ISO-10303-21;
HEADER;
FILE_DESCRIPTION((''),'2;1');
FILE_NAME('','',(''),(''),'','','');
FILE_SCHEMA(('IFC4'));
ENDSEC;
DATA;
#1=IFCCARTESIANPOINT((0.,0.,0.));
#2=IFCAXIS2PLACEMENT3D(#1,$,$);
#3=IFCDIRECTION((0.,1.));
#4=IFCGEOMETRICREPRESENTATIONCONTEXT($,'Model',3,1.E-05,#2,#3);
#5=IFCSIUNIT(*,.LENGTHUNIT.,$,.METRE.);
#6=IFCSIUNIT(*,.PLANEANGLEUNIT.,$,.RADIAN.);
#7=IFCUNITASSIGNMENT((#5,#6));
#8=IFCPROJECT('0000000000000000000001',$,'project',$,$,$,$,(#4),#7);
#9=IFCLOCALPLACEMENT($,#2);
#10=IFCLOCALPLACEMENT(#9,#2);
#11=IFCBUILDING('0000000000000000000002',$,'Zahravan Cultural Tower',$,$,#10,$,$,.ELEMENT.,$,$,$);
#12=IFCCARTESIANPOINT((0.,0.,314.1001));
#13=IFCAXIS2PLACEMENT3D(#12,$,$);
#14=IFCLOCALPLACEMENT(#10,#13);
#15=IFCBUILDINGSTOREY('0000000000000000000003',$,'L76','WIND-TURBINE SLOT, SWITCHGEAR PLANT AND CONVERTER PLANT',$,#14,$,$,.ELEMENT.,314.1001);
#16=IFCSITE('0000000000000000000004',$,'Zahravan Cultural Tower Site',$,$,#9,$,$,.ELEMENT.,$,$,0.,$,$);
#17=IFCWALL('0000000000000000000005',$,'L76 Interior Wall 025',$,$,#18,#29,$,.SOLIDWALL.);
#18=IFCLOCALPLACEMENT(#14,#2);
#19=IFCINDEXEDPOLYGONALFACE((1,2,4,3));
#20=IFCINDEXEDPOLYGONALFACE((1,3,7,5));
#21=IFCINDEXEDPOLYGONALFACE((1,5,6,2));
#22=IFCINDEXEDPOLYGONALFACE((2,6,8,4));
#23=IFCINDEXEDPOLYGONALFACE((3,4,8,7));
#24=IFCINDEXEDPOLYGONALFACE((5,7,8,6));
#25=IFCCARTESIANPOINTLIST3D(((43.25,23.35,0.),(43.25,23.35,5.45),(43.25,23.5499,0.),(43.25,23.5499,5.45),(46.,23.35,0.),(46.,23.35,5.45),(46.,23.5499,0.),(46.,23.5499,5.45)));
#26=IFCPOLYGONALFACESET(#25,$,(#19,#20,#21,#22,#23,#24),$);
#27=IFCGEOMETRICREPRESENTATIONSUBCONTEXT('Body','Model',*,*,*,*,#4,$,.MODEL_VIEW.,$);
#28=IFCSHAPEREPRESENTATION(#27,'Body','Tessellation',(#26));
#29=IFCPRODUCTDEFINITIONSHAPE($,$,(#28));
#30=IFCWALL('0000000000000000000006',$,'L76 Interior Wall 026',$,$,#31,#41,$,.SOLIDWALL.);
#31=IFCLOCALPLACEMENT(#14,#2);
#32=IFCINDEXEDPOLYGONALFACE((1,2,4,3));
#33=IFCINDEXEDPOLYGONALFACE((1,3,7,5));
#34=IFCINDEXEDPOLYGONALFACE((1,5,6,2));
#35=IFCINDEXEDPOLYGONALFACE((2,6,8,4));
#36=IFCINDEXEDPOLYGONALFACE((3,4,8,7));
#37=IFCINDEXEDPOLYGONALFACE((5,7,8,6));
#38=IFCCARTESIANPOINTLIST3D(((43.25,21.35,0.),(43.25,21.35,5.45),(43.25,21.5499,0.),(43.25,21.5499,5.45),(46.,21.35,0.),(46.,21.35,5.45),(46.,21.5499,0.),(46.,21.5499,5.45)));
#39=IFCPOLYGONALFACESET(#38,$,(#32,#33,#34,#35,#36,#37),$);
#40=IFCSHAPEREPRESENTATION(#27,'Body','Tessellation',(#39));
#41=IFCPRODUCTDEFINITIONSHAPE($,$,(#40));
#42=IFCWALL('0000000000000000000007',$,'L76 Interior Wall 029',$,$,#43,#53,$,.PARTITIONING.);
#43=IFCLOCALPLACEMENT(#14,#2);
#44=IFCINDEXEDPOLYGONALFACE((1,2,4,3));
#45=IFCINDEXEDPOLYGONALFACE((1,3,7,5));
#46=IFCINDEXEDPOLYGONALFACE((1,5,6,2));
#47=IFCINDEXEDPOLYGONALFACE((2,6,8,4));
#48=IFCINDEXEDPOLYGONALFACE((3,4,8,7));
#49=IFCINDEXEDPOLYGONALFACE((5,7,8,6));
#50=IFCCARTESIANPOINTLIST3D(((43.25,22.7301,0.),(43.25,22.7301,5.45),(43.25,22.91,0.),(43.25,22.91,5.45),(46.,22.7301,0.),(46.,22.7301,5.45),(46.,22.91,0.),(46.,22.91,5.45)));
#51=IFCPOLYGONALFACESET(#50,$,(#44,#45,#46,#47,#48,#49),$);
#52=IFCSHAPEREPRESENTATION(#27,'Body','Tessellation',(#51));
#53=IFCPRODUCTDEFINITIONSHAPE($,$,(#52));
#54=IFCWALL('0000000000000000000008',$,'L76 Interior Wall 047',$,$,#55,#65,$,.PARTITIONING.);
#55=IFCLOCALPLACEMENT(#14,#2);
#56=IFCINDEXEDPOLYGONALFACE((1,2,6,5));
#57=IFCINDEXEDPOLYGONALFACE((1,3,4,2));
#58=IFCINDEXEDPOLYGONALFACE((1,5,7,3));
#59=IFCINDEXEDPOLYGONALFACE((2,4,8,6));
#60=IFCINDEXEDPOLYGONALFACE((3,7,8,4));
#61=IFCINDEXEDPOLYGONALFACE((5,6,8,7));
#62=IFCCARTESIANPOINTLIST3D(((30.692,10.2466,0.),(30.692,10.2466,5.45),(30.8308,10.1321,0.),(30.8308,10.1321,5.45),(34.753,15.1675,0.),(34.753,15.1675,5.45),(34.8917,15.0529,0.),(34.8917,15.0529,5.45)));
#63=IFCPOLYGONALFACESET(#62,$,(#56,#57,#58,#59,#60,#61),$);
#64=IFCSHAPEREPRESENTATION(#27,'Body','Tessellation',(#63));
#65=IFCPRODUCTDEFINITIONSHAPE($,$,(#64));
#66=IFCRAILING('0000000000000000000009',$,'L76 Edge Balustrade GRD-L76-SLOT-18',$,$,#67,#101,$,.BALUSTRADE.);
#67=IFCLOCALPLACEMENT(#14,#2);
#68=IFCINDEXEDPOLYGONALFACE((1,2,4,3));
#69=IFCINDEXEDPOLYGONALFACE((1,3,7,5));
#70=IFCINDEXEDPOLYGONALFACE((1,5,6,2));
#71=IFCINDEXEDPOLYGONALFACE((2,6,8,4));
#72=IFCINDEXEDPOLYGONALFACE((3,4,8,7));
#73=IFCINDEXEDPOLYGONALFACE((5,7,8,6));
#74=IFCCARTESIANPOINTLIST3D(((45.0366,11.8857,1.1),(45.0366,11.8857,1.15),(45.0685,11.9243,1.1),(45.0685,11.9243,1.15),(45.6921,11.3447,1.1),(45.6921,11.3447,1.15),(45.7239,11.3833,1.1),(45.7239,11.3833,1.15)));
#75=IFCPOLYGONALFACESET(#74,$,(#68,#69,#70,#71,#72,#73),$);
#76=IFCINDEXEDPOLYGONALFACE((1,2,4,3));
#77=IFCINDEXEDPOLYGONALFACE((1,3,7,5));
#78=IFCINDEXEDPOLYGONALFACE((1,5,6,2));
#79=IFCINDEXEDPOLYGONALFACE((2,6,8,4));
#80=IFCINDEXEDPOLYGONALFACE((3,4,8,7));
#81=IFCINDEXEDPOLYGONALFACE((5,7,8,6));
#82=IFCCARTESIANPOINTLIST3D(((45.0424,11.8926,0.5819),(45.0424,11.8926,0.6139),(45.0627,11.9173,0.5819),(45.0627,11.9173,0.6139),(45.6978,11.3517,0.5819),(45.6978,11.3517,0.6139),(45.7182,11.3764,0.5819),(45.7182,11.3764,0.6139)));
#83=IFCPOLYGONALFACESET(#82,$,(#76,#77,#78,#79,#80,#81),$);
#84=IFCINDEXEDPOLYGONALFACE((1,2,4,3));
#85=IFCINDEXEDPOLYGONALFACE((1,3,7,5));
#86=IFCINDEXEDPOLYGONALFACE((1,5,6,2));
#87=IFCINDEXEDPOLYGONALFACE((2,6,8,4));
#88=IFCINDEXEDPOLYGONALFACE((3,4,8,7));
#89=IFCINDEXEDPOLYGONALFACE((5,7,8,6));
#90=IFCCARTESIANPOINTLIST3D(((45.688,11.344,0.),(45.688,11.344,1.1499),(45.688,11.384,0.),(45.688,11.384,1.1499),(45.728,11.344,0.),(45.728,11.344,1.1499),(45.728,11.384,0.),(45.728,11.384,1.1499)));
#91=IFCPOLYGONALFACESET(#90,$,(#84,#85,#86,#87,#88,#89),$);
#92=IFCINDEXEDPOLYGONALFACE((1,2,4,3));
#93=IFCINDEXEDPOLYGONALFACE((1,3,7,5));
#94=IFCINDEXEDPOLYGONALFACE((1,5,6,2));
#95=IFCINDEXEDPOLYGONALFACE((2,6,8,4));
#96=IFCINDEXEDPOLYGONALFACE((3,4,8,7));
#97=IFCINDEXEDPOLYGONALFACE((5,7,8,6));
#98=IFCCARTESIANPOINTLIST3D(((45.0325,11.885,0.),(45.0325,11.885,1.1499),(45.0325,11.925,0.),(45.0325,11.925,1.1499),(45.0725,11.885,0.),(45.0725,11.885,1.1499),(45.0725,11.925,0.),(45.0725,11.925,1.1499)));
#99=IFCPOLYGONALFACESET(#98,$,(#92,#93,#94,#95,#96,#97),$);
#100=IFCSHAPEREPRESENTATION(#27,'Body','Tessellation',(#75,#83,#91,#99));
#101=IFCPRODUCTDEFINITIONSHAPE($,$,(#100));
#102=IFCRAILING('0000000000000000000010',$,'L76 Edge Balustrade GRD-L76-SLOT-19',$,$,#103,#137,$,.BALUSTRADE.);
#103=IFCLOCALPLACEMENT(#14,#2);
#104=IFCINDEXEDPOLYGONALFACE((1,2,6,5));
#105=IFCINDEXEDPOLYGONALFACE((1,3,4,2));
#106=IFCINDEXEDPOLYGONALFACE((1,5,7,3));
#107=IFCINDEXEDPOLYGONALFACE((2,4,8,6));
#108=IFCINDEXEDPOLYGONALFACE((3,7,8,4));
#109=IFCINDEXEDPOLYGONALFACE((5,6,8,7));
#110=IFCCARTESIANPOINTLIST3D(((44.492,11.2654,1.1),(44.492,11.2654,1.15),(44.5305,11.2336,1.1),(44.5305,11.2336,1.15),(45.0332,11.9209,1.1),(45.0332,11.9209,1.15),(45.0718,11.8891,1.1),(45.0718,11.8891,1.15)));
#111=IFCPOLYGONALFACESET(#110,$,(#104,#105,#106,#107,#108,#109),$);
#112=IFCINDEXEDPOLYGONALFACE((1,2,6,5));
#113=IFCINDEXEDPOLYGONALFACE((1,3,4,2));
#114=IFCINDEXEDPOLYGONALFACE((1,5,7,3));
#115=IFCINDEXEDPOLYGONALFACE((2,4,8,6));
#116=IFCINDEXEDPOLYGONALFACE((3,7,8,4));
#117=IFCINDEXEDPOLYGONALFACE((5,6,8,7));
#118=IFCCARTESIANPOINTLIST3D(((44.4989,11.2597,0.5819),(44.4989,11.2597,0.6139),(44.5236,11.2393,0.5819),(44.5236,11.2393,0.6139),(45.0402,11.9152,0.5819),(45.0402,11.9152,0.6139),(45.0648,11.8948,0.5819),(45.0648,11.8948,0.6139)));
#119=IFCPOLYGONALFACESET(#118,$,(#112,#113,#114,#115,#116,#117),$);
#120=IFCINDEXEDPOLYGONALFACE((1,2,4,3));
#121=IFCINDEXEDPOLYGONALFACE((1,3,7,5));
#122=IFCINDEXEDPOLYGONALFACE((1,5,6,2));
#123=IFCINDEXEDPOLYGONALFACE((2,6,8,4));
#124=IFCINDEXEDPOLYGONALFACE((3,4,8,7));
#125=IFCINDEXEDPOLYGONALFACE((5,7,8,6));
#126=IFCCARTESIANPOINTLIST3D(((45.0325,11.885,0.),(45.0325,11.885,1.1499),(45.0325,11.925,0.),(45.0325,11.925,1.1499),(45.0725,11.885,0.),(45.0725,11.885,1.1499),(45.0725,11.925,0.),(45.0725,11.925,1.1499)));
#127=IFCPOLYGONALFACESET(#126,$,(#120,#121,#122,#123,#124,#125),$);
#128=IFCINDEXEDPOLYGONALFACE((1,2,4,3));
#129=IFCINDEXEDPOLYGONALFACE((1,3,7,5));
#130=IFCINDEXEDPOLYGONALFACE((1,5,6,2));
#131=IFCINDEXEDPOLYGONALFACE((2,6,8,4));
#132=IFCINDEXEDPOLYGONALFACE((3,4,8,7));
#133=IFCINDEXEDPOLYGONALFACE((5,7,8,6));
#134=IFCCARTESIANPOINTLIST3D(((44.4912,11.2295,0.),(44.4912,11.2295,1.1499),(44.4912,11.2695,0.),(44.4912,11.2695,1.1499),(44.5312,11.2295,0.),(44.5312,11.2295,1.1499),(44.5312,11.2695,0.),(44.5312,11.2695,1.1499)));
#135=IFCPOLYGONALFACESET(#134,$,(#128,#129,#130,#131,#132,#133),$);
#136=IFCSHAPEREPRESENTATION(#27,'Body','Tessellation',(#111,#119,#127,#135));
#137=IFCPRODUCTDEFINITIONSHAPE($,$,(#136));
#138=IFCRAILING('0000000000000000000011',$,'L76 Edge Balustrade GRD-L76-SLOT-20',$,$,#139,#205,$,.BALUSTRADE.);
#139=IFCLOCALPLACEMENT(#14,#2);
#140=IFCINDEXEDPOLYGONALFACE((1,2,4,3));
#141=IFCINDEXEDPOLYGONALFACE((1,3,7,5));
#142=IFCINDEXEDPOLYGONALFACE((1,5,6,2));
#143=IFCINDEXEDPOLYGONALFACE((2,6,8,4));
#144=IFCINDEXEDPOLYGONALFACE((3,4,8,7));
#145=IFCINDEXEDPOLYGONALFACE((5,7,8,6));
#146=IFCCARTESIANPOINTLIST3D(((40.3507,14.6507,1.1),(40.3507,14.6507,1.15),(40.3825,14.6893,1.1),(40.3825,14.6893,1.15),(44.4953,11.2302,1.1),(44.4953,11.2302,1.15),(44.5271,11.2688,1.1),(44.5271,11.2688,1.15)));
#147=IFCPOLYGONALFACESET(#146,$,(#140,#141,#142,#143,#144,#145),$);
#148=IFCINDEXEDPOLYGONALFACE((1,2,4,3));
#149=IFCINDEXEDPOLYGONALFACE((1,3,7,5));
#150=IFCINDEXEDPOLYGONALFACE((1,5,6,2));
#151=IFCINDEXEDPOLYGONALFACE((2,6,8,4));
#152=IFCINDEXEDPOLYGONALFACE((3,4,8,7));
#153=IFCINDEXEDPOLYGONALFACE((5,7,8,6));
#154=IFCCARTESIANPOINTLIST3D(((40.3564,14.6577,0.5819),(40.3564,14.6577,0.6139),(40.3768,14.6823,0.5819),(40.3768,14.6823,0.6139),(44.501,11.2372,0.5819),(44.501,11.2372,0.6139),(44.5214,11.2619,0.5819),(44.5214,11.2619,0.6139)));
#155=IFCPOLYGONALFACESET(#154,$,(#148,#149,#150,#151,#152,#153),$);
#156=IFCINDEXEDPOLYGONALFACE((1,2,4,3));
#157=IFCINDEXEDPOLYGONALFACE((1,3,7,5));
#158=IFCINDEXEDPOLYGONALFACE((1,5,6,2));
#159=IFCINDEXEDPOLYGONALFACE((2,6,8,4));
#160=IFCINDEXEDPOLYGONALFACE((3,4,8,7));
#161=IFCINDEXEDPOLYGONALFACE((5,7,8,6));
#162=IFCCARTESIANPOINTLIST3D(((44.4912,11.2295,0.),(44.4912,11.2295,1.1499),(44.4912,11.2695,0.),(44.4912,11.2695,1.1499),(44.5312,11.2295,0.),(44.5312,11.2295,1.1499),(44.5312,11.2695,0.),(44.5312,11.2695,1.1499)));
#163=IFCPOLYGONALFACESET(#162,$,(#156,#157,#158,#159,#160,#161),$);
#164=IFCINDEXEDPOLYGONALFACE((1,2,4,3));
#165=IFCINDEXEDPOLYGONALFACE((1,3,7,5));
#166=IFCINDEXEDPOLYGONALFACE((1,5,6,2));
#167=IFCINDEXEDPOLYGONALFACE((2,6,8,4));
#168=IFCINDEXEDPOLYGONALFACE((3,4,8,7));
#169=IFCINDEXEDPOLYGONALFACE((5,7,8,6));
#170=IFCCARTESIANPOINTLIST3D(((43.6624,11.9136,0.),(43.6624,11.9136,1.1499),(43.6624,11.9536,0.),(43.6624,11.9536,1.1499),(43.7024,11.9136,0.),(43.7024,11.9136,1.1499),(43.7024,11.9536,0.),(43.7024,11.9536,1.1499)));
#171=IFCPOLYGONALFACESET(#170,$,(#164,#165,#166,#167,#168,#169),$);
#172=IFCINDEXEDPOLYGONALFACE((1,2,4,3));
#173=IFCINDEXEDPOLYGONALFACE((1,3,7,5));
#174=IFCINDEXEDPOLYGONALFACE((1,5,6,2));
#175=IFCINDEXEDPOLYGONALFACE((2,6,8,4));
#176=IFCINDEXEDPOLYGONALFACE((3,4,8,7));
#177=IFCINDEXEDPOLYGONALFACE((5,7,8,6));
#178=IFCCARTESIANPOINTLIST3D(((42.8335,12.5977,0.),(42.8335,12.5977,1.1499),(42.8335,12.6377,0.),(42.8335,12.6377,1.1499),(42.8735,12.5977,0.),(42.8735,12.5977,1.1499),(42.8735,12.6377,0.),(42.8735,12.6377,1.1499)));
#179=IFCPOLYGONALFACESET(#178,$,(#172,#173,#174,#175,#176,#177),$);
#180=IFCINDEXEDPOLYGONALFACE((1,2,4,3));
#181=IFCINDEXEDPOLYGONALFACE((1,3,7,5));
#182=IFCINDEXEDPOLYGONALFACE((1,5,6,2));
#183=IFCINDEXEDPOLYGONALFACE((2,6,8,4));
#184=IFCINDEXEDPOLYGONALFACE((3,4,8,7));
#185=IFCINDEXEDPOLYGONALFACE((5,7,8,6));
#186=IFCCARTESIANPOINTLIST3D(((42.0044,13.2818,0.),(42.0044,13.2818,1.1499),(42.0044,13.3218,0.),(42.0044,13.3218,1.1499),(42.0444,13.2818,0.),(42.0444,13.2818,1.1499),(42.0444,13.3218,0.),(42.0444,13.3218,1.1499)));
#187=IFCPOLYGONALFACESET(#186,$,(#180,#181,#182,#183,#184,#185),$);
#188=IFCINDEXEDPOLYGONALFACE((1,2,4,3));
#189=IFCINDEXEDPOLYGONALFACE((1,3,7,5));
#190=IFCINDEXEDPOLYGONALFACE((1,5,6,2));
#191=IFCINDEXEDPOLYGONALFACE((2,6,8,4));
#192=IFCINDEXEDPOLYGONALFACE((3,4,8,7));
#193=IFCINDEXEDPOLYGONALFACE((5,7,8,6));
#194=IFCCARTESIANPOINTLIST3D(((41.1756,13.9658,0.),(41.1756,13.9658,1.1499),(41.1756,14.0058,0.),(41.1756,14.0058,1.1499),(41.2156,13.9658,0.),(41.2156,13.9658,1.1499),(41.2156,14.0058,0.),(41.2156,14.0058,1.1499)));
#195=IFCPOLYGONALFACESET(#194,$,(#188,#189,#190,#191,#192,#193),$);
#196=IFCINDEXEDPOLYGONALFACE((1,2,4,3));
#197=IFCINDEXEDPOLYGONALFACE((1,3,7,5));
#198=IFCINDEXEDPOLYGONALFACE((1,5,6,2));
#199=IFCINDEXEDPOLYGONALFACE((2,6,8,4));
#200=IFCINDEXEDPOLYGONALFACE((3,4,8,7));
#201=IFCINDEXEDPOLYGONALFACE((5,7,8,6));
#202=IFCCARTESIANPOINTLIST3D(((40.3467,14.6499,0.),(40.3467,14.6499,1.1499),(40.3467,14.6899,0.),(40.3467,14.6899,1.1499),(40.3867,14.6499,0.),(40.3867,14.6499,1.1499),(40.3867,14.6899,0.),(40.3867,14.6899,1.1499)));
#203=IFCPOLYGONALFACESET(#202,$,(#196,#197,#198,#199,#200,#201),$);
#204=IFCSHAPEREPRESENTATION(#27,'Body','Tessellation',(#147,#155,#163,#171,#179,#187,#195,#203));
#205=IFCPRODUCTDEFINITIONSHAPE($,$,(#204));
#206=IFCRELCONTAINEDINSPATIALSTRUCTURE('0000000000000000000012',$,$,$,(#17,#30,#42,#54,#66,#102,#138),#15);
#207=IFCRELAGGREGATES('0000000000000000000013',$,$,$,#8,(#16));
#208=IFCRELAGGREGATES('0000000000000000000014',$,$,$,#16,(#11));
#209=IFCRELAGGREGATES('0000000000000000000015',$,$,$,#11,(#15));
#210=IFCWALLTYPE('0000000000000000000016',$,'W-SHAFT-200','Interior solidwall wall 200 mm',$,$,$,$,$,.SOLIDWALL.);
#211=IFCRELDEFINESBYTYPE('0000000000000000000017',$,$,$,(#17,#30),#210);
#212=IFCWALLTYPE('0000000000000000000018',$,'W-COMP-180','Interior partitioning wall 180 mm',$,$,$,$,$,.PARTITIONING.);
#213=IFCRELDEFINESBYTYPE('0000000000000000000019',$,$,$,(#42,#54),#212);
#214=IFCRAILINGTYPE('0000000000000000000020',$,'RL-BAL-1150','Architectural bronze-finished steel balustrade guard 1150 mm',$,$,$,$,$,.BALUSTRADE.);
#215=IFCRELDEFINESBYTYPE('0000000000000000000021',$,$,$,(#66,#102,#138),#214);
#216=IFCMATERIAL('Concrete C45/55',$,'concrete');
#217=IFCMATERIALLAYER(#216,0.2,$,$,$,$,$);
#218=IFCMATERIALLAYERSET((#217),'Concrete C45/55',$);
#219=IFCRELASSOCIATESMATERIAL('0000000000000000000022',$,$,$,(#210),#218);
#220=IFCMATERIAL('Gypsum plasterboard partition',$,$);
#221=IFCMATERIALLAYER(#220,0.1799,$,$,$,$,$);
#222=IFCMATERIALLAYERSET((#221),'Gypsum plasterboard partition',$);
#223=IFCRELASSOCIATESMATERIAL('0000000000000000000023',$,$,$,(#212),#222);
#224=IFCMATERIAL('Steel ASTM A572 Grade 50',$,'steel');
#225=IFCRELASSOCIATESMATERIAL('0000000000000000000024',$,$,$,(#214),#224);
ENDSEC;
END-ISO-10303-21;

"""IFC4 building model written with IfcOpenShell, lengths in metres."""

from ifc_helpers import new_model, si_unit, direction, frame, frame_2d, origin, origin_2d, place, context, subcontext, project, spatial, rectangle, extrude, source, transform, mapped, material, layer, layer_set, type_object, element, save


model = new_model("IFC4")

# Units and contexts
model_context = context("Model", 3, precision=1e-05, world=origin(), true_north=direction((0.0, 1.0)))
body_context = subcontext(model_context, "Body", "Model", "MODEL_VIEW")
ifc_project = project(units=[si_unit("LENGTHUNIT", "METRE"), si_unit("PLANEANGLEUNIT", "RADIAN")], contexts=[model_context])

# Site, building, storey
site_placement = place(None, origin())
site = spatial("IfcSite", under=ifc_project, at=site_placement, Name="Zahravan Cultural Tower Site", CompositionType="ELEMENT", RefElevation=0.0)
building_placement = place(site_placement, origin())
building = spatial("IfcBuilding", under=site, at=building_placement, Name="Zahravan Cultural Tower", CompositionType="ELEMENT")
storey_placement = place(building_placement, frame((0.0, 0.0, 314.1001)))
storey = spatial("IfcBuildingStorey", under=building, at=storey_placement, Name="L76", Description="WIND-TURBINE SLOT, SWITCHGEAR PLANT AND CONVERTER PLANT", CompositionType="ELEMENT", Elevation=314.1001)

# Shared definitions
ifc_material_1 = material(Name="Concrete C45/55", Category="concrete")

# Shared definitions
ifc_material_2 = material(Name="Steel ASTM A572 Grade 50", Category="steel")

# Shared definitions
ifc_layer_1 = layer(ifc_material_1, 0.2)
ifc_layer_set_1 = layer_set([ifc_layer_1], Name="Concrete C45/55")
wall_type_1 = type_object("IfcWallType", Name="W-SHAFT-200", Description="Interior solidwall wall 200 mm", PredefinedType="SOLIDWALL", material=ifc_layer_set_1)

# Walls
shared_shape_1 = source(origin(), body_context, "Body", "SweptSolid", [
    extrude(rectangle(XDim=2.75, YDim=0.2, at=frame_2d((1.375, 0.0))), origin(), (0.0, 0.0, 1.0), 5.45),
])
for number, where, z_axis, x_axis, name in (
    (1, (43.25, 23.45, 0.0), (0.0, 0.0, 1.0), (1.0, 0.0, 0.0), "L76 Interior Wall 025"),
    (2, (43.25, 21.45, 0.0), (0.0, 0.0, 1.0), (1.0, 0.0, 0.0), "L76 Interior Wall 026"),
):
    element("IfcWall", number, at=place(storey_placement, frame(where, z_axis=z_axis, x_axis=x_axis)), inside=storey, type_object=wall_type_1, Name=name, PredefinedType="SOLIDWALL", context=body_context, shape_type="MappedRepresentation", body=[
        mapped(shared_shape_1, transform((0.0, 0.0, 0.0), x_axis=(1.0, 0.0, 0.0), y_axis=(0.0, 1.0, 0.0), z_axis=(0.0, 0.0, 1.0), scale=1.0)),
    ])
ifc_material_3 = material(Name="Gypsum plasterboard partition")
ifc_layer_2 = layer(ifc_material_3, 0.1799)
ifc_layer_set_2 = layer_set([ifc_layer_2], Name="Gypsum plasterboard partition")
wall_type_2 = type_object("IfcWallType", Name="W-COMP-180", Description="Interior partitioning wall 180 mm", PredefinedType="PARTITIONING", material=ifc_layer_set_2)
shared_shape_2 = source(origin(), body_context, "Body", "SweptSolid", [
    extrude(rectangle(XDim=2.75, YDim=0.1799, at=frame_2d((1.375, 0.0))), origin(), (0.0, 0.0, 1.0), 5.45),
])
wall_1_placement = place(storey_placement, frame((43.25, 22.8201, 0.0), z_axis=(0.0, 0.0, 1.0), x_axis=(1.0, 0.0, 0.0)))
element("IfcWall", 3, at=wall_1_placement, inside=storey, type_object=wall_type_2, Name="L76 Interior Wall 029", PredefinedType="PARTITIONING", context=body_context, shape_type="MappedRepresentation", body=[
    mapped(shared_shape_2, transform((0.0, 0.0, 0.0), x_axis=(1.0, 0.0, 0.0), y_axis=(0.0, 1.0, 0.0), z_axis=(0.0, 0.0, 1.0), scale=1.0)),
])
shared_shape_3 = source(origin(), body_context, "Body", "SweptSolid", [
    extrude(rectangle(XDim=6.3801, YDim=0.1799, at=frame_2d((3.1899, 0.0))), origin(), (0.0, 0.0, 1.0), 5.45),
])
wall_2_placement = place(storey_placement, frame((34.8223, 15.1101, 0.0), z_axis=(0.0, 0.0, 1.0), x_axis=(-0.636504, -0.771274, 0.0)))
element("IfcWall", 4, at=wall_2_placement, inside=storey, type_object=wall_type_2, Name="L76 Interior Wall 047", PredefinedType="PARTITIONING", context=body_context, shape_type="MappedRepresentation", body=[
    mapped(shared_shape_3, transform((0.0, 0.0, 0.0), x_axis=(1.0, 0.0, 0.0), y_axis=(0.0, 1.0, 0.0), z_axis=(0.0, 0.0, 1.0), scale=1.0)),
])

# Railings
railing_type = type_object("IfcRailingType", Name="RL-BAL-1150", Description="Architectural bronze-finished steel balustrade guard 1150 mm", PredefinedType="BALUSTRADE", material=ifc_material_2)
railing_1_placement = place(storey_placement, frame((45.708, 11.364, 0.0)))
element("IfcRailing", 5, at=railing_1_placement, inside=storey, type_object=railing_type, Name="L76 Edge Balustrade GRD-L76-SLOT-18", PredefinedType="BALUSTRADE", context=body_context, shape_type="SweptSolid", body=[
    extrude(rectangle(XDim=0.05, YDim=0.05, at=origin_2d()), frame((0.0, 0.0, 1.125), z_axis=(-0.77125, 0.636532, 0.0), x_axis=(-0.636532, -0.77125, 0.0)), (0.0, 0.0, 1.0), 0.8499),
    extrude(rectangle(XDim=0.032, YDim=0.032, at=origin_2d()), frame((0.0, 0.0, 0.5979), z_axis=(-0.77125, 0.636532, 0.0), x_axis=(-0.636532, -0.77125, 0.0)), (0.0, 0.0, 1.0), 0.8499),
    extrude(rectangle(XDim=0.04, YDim=0.04, at=origin_2d()), origin(), (0.0, 0.0, 1.0), 1.1499),
    extrude(rectangle(XDim=0.04, YDim=0.04, at=origin_2d()), frame((-0.6555, 0.541, 0.0)), (0.0, 0.0, 1.0), 1.1499),
])
railing_2_placement = place(storey_placement, frame((45.0525, 11.905, 0.0)))
element("IfcRailing", 6, at=railing_2_placement, inside=storey, type_object=railing_type, Name="L76 Edge Balustrade GRD-L76-SLOT-19", PredefinedType="BALUSTRADE", context=body_context, shape_type="SweptSolid", body=[
    extrude(rectangle(XDim=0.05, YDim=0.05, at=origin_2d()), frame((0.0, 0.0, 1.125), z_axis=(-0.636703, -0.771109, 0.0), x_axis=(0.771109, -0.636703, 0.0)), (0.0, 0.0, 1.0), 0.8501),
    extrude(rectangle(XDim=0.032, YDim=0.032, at=origin_2d()), frame((0.0, 0.0, 0.5979), z_axis=(-0.636703, -0.771109, 0.0), x_axis=(0.771109, -0.636703, 0.0)), (0.0, 0.0, 1.0), 0.8501),
    extrude(rectangle(XDim=0.04, YDim=0.04, at=origin_2d()), origin(), (0.0, 0.0, 1.0), 1.1499),
    extrude(rectangle(XDim=0.04, YDim=0.04, at=origin_2d()), frame((-0.5413, -0.6555, 0.0)), (0.0, 0.0, 1.0), 1.1499),
])
railing_3_placement = place(storey_placement, frame((44.5112, 11.2495, 0.0)))
element("IfcRailing", 7, at=railing_3_placement, inside=storey, type_object=railing_type, Name="L76 Edge Balustrade GRD-L76-SLOT-20", PredefinedType="BALUSTRADE", context=body_context, shape_type="SweptSolid", body=[
    extrude(rectangle(XDim=0.05, YDim=0.05, at=origin_2d()), frame((0.0, 0.0, 1.125), z_axis=(-0.771266, 0.636513, 0.0), x_axis=(-0.636513, -0.771266, 0.0)), (0.0, 0.0, 1.0), 5.3738),
    extrude(rectangle(XDim=0.032, YDim=0.032, at=origin_2d()), frame((0.0, 0.0, 0.5979), z_axis=(-0.771266, 0.636513, 0.0), x_axis=(-0.636513, -0.771266, 0.0)), (0.0, 0.0, 1.0), 5.3738),
    extrude(rectangle(XDim=0.04, YDim=0.04, at=origin_2d()), origin(), (0.0, 0.0, 1.0), 1.1499),
    extrude(rectangle(XDim=0.04, YDim=0.04, at=origin_2d()), frame((-0.8289, 0.6841, 0.0)), (0.0, 0.0, 1.0), 1.1499),
    extrude(rectangle(XDim=0.04, YDim=0.04, at=origin_2d()), frame((-1.6577, 1.3682, 0.0)), (0.0, 0.0, 1.0), 1.1499),
    extrude(rectangle(XDim=0.04, YDim=0.04, at=origin_2d()), frame((-2.4868, 2.0522, 0.0)), (0.0, 0.0, 1.0), 1.1499),
    extrude(rectangle(XDim=0.04, YDim=0.04, at=origin_2d()), frame((-3.3157, 2.7363, 0.0)), (0.0, 0.0, 1.0), 1.1499),
    extrude(rectangle(XDim=0.04, YDim=0.04, at=origin_2d()), frame((-4.1445, 3.4204, 0.0)), (0.0, 0.0, 1.0), 1.1499),
])

save(model, "model.ifc")
